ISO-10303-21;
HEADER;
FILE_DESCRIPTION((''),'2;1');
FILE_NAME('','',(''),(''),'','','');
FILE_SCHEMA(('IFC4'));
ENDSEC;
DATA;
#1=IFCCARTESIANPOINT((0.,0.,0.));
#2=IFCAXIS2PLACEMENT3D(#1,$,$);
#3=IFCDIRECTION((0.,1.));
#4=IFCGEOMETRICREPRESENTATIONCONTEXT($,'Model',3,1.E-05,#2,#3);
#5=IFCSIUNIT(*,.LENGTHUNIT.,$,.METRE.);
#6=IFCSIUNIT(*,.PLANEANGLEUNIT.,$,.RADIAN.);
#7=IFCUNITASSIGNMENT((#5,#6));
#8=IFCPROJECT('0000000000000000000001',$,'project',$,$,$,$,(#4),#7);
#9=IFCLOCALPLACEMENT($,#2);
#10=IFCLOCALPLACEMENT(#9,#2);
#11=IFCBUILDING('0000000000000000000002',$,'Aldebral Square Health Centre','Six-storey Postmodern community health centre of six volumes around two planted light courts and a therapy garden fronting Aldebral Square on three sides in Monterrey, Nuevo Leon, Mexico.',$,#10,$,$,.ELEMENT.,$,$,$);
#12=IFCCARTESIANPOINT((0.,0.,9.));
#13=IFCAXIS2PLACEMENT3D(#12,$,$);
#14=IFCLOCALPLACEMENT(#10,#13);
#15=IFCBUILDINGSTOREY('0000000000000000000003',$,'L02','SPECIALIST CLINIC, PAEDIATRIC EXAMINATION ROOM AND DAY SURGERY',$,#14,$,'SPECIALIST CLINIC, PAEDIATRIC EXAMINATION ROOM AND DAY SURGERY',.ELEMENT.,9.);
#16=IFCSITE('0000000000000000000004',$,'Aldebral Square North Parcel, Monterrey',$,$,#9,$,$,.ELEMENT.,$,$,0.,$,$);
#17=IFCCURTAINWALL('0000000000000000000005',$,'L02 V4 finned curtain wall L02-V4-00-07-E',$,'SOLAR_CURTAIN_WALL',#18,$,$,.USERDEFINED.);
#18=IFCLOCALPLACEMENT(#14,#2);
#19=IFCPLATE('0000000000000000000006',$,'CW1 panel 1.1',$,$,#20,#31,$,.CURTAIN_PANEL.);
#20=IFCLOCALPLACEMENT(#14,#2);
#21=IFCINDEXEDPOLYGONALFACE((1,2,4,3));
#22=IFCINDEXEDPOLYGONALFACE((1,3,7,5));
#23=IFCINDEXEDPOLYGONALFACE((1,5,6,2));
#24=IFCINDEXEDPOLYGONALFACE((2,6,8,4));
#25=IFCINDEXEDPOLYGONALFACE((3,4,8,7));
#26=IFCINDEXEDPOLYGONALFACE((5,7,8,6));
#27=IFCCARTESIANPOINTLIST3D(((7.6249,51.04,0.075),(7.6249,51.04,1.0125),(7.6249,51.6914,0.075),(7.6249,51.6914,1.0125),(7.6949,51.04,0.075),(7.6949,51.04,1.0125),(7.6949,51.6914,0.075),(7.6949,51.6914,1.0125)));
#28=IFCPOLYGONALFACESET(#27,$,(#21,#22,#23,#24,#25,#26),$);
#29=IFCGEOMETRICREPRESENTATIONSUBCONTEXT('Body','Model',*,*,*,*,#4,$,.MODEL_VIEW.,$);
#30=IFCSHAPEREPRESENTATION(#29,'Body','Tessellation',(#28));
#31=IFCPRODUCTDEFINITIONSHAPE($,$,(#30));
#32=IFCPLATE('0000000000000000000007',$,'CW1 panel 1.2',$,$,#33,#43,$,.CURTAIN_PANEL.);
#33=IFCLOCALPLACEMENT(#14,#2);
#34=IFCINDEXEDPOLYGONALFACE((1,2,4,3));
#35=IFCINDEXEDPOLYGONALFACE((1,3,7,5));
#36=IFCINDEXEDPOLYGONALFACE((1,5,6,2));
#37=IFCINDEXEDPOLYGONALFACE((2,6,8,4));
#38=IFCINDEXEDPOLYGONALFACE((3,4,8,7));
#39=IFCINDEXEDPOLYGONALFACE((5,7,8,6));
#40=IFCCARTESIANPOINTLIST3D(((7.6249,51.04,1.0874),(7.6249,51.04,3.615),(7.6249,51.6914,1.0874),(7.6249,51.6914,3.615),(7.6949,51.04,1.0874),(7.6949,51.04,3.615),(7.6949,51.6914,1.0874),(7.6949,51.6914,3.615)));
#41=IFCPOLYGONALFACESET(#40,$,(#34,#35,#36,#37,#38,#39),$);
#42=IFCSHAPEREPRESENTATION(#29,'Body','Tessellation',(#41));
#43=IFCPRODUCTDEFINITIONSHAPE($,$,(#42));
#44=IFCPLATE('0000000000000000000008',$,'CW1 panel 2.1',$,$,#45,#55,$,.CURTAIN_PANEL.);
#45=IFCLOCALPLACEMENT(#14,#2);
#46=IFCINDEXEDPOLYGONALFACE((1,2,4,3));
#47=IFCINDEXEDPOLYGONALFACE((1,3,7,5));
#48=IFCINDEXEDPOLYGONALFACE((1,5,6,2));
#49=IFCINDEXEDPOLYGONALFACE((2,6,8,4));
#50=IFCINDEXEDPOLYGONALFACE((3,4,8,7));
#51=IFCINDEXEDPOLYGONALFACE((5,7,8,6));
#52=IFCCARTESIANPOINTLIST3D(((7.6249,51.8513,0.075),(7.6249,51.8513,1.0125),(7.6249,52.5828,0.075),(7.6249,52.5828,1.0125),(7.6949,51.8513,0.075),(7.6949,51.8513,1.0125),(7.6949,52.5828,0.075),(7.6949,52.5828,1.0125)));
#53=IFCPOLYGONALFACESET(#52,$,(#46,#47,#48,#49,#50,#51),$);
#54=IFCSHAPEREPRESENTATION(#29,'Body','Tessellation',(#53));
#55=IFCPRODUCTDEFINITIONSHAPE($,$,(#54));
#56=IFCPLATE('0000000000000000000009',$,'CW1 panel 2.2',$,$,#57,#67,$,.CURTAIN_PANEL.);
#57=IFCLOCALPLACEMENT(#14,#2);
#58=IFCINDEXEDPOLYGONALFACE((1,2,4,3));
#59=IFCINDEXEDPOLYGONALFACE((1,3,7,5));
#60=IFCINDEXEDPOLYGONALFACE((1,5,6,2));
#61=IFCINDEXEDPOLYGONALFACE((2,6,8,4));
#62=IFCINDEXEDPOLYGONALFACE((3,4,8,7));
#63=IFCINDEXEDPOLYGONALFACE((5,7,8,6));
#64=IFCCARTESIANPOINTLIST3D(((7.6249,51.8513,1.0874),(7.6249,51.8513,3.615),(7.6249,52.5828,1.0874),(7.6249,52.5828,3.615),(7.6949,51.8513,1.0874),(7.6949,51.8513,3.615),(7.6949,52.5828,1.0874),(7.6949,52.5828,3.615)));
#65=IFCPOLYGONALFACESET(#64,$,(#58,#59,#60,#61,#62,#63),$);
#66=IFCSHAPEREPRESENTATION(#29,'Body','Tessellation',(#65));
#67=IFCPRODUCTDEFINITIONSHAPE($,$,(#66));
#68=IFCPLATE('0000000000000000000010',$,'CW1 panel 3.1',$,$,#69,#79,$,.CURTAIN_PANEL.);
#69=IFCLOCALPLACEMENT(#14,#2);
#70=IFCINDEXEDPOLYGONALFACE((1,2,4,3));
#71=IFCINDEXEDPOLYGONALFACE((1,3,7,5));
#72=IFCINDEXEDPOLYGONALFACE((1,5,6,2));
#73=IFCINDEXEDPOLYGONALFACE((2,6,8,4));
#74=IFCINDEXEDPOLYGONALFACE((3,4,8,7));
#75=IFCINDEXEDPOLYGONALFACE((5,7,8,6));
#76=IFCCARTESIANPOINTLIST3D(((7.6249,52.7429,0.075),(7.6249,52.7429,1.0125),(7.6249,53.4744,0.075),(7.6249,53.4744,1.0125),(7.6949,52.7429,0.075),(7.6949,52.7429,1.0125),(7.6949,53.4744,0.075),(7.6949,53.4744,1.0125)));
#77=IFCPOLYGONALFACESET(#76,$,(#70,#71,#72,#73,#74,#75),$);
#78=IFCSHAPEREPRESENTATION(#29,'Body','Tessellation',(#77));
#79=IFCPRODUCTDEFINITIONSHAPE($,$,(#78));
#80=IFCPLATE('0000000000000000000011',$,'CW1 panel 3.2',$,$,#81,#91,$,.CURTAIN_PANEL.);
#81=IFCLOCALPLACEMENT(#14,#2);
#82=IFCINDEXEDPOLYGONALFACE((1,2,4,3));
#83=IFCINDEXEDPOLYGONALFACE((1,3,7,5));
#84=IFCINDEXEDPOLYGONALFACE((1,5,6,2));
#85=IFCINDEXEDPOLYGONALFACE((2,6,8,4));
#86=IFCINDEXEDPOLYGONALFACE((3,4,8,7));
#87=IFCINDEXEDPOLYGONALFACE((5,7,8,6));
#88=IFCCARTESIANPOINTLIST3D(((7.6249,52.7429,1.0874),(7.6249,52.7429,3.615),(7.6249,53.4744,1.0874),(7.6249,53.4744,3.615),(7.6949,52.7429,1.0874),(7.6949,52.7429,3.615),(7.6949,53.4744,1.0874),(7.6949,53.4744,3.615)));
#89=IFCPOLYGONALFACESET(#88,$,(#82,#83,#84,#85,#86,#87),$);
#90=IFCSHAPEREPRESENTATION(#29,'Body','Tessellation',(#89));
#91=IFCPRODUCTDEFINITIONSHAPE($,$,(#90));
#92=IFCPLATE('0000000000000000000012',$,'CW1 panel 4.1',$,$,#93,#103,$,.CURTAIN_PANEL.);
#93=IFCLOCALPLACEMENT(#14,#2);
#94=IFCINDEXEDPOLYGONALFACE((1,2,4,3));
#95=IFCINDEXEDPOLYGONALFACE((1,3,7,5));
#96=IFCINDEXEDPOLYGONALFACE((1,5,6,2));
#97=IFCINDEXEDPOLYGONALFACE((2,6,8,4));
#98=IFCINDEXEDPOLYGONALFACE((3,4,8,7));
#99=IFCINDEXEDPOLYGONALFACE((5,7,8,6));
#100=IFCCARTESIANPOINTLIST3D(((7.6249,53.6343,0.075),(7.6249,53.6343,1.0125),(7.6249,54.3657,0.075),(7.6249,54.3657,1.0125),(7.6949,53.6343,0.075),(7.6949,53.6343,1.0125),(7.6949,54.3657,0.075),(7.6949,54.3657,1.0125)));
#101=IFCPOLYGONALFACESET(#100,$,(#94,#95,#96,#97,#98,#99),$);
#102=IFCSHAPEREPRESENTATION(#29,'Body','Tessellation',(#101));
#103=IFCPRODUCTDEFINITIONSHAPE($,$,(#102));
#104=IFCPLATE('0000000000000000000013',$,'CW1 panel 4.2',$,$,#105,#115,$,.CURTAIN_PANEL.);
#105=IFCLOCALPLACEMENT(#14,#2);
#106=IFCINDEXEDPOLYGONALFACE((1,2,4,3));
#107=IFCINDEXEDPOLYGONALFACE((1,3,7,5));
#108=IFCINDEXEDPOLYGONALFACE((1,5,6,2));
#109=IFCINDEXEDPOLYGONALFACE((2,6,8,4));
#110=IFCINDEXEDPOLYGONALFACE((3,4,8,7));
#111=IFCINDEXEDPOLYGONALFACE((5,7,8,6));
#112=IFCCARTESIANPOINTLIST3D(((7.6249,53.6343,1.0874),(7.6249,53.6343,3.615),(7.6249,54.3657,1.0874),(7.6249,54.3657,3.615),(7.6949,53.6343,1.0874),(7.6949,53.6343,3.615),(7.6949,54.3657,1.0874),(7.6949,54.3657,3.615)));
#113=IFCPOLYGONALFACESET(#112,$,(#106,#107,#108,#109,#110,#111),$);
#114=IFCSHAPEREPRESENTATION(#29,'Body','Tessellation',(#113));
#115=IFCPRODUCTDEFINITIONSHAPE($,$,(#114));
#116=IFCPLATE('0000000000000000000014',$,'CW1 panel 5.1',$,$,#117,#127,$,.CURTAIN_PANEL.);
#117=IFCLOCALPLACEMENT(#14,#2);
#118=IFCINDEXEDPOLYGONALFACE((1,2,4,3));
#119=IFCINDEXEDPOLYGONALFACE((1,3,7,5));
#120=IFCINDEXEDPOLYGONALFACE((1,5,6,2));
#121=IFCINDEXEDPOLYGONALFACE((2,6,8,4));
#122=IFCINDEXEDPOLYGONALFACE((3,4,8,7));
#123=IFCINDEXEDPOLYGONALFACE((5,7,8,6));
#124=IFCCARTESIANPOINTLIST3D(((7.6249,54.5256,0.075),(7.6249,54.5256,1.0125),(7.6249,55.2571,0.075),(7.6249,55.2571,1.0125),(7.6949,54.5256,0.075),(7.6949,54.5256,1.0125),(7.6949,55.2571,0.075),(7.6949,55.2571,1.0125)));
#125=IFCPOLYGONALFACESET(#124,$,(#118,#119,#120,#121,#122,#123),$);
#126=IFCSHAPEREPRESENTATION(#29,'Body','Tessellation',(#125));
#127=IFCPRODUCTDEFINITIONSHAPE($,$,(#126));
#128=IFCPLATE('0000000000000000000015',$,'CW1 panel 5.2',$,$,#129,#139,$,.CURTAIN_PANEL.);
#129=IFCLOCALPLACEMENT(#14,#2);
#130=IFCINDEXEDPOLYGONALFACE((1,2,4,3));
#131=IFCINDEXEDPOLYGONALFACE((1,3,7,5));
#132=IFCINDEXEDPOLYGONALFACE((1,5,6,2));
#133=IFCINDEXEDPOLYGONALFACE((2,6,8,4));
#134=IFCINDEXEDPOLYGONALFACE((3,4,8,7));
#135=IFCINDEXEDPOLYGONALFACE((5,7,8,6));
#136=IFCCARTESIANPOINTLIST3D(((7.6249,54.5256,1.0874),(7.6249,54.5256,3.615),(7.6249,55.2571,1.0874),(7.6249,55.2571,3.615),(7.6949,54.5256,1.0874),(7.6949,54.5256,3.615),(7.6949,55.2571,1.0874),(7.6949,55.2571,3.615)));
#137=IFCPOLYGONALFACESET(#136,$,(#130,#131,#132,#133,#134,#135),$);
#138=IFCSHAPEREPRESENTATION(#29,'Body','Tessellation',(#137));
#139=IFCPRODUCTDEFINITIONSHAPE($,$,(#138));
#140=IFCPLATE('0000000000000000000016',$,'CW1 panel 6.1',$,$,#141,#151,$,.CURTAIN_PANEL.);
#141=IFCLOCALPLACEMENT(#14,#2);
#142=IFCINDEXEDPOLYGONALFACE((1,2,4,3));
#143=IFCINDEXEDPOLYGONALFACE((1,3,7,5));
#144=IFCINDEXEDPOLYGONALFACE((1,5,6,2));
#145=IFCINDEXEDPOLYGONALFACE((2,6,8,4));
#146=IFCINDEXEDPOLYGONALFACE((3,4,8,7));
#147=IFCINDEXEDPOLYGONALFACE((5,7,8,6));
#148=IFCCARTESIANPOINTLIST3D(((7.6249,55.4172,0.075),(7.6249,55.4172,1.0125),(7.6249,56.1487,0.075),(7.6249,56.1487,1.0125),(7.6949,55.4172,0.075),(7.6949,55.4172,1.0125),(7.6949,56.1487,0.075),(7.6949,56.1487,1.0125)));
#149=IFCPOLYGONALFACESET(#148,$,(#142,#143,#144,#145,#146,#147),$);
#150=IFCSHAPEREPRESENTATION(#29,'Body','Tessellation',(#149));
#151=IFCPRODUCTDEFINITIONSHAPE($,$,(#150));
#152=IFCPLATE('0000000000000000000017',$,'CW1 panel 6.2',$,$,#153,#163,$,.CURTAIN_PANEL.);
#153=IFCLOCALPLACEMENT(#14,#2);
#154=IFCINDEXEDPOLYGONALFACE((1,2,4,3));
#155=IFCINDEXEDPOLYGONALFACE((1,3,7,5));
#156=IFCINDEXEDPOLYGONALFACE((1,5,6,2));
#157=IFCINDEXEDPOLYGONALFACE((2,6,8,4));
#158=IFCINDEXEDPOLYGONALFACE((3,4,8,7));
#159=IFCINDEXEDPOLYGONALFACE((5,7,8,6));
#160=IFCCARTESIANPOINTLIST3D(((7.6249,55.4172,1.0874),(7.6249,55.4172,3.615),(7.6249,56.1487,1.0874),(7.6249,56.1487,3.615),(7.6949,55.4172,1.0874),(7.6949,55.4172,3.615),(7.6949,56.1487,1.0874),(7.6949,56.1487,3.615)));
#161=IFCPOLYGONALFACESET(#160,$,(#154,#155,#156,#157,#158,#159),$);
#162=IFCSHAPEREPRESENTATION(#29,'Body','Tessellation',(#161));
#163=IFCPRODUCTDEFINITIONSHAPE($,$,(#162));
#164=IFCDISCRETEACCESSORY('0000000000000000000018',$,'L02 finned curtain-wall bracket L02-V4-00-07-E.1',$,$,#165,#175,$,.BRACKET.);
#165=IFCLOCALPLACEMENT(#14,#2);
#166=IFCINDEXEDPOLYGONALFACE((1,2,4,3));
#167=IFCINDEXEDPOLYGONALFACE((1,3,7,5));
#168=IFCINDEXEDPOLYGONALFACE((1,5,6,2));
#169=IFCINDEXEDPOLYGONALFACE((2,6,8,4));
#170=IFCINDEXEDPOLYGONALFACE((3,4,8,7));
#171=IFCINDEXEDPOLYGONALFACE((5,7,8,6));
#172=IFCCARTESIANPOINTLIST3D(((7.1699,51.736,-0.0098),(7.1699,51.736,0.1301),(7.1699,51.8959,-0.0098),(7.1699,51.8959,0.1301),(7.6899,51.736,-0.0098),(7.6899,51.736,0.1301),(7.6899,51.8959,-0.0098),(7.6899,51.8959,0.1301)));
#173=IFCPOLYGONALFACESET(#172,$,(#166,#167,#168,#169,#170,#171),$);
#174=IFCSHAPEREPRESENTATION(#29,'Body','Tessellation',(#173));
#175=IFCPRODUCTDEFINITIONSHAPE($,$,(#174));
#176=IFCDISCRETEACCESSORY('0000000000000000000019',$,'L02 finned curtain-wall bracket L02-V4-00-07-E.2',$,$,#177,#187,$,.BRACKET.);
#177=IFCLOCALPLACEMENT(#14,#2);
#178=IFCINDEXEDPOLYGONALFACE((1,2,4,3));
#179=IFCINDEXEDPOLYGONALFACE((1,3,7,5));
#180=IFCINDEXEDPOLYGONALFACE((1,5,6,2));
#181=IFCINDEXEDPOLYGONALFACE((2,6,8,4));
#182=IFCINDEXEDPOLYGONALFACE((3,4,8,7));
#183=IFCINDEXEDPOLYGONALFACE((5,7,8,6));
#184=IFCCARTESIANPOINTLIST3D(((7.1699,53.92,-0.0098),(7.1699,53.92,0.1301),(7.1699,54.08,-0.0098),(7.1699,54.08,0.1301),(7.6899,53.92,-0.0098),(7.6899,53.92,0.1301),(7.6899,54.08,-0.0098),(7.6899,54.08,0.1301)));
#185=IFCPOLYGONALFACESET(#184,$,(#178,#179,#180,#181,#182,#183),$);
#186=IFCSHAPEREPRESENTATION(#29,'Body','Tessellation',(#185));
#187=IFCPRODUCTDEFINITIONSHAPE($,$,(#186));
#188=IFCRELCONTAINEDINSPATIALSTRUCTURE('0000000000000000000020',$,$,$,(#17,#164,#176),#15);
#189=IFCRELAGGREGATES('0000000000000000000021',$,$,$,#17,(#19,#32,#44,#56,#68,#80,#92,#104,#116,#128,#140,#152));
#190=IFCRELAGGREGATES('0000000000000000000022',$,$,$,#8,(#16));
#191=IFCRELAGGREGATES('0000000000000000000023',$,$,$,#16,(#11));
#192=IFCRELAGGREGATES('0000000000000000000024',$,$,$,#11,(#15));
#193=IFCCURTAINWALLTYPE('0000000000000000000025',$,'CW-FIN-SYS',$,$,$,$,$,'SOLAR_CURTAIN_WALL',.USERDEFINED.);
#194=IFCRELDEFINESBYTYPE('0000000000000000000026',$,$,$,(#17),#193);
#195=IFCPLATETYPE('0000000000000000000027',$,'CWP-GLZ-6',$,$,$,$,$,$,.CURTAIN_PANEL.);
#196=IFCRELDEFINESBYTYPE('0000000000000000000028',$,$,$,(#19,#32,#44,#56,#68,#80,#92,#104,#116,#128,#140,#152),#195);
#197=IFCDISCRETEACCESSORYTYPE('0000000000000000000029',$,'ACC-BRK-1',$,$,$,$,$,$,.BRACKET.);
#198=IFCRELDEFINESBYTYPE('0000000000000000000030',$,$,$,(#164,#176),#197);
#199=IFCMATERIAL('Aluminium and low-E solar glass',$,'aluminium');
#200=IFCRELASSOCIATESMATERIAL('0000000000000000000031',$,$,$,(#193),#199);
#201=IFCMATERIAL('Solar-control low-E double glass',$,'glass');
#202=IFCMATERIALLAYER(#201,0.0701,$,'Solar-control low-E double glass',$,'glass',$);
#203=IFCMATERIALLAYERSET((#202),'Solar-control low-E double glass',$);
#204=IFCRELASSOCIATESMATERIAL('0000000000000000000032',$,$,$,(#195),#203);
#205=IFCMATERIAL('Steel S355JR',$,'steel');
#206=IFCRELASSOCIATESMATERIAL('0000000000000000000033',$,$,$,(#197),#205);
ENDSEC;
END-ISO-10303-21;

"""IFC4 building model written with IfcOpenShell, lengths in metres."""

from ifc_helpers import new_model, si_unit, direction, frame, origin, origin_2d, place, context, subcontext, project, spatial, rectangle, extrude, material, layer, layer_set, type_object, element, aggregate, save


model = new_model("IFC4")

# Units and contexts
model_context = context("Model", 3, precision=1e-05, world=origin(), true_north=direction((0.0, 1.0)))
body_context = subcontext(model_context, "Body", "Model", "MODEL_VIEW")
ifc_project = project(units=[si_unit("LENGTHUNIT", "METRE"), si_unit("PLANEANGLEUNIT", "RADIAN")], contexts=[model_context])

# Site, building, storey
site_placement = place(None, origin())
site = spatial("IfcSite", under=ifc_project, at=site_placement, Name="Aldebral Square North Parcel, Monterrey", CompositionType="ELEMENT", RefElevation=0.0)
building_placement = place(site_placement, origin())
building = spatial("IfcBuilding", under=site, at=building_placement, Name="Aldebral Square Health Centre", Description="Six-storey Postmodern community health centre of six volumes around two planted light courts and a therapy garden fronting Aldebral Square on three sides in Monterrey, Nuevo Leon, Mexico.", CompositionType="ELEMENT")
storey_placement = place(building_placement, frame((0.0, 0.0, 9.0)))
storey = spatial("IfcBuildingStorey", under=building, at=storey_placement, Name="L02", Description="SPECIALIST CLINIC, PAEDIATRIC EXAMINATION ROOM AND DAY SURGERY", LongName="SPECIALIST CLINIC, PAEDIATRIC EXAMINATION ROOM AND DAY SURGERY", CompositionType="ELEMENT", Elevation=9.0)

# Curtain wall, plates
ifc_material_1 = material(Name="Aluminium and low-E solar glass", Category="aluminium")
curtain_wall_type = type_object("IfcCurtainWallType", Name="CW-FIN-SYS", ElementType="SOLAR_CURTAIN_WALL", PredefinedType="USERDEFINED", material=ifc_material_1)
curtain_wall_placement = place(storey_placement, origin())
curtain_wall = element("IfcCurtainWall", 1, at=curtain_wall_placement, inside=storey, type_object=curtain_wall_type, Name="L02 V4 finned curtain wall L02-V4-00-07-E", ObjectType="SOLAR_CURTAIN_WALL", PredefinedType="USERDEFINED")
ifc_material_2 = material(Name="Solar-control low-E double glass", Category="glass")
ifc_layer = layer(ifc_material_2, 0.0701, Name="Solar-control low-E double glass", Category="glass")
ifc_layer_set = layer_set([ifc_layer], Name="Solar-control low-E double glass")
plate_type = type_object("IfcPlateType", Name="CWP-GLZ-6", PredefinedType="CURTAIN_PANEL", material=ifc_layer_set)
plate_1_placement = place(storey_placement, frame((7.6599, 51.3657, 0.075), z_axis=(0.0, 0.0, 1.0), x_axis=(0.0, 1.0, 0.0)))
plate_1 = element("IfcPlate", 2, at=plate_1_placement, type_object=plate_type, Name="CW1 panel 1.1", PredefinedType="CURTAIN_PANEL", context=body_context, shape_type="SweptSolid", body=[
    extrude(rectangle(XDim=0.6514, YDim=0.0701, at=origin_2d()), origin(), (0.0, 0.0, 1.0), 0.9375),
])
plate_2_placement = place(storey_placement, frame((7.6599, 51.3657, 1.0874), z_axis=(0.0, 0.0, 1.0), x_axis=(0.0, 1.0, 0.0)))
plate_2 = element("IfcPlate", 3, at=plate_2_placement, type_object=plate_type, Name="CW1 panel 1.2", PredefinedType="CURTAIN_PANEL", context=body_context, shape_type="SweptSolid", body=[
    extrude(rectangle(XDim=0.6514, YDim=0.0701, at=origin_2d()), origin(), (0.0, 0.0, 1.0), 2.5276),
])
plate_3_placement = place(storey_placement, frame((7.6599, 52.217, 0.075), z_axis=(0.0, 0.0, 1.0), x_axis=(0.0, 1.0, 0.0)))
plate_3 = element("IfcPlate", 4, at=plate_3_placement, type_object=plate_type, Name="CW1 panel 2.1", PredefinedType="CURTAIN_PANEL", context=body_context, shape_type="SweptSolid", body=[
    extrude(rectangle(XDim=0.7314, YDim=0.0701, at=origin_2d()), origin(), (0.0, 0.0, 1.0), 0.9375),
])
plate_4_placement = place(storey_placement, frame((7.6599, 52.217, 1.0874), z_axis=(0.0, 0.0, 1.0), x_axis=(0.0, 1.0, 0.0)))
plate_4 = element("IfcPlate", 5, at=plate_4_placement, type_object=plate_type, Name="CW1 panel 2.2", PredefinedType="CURTAIN_PANEL", context=body_context, shape_type="SweptSolid", body=[
    extrude(rectangle(XDim=0.7314, YDim=0.0701, at=origin_2d()), origin(), (0.0, 0.0, 1.0), 2.5276),
])
plate_5_placement = place(storey_placement, frame((7.6599, 53.1086, 0.075), z_axis=(0.0, 0.0, 1.0), x_axis=(0.0, 1.0, 0.0)))
plate_5 = element("IfcPlate", 6, at=plate_5_placement, type_object=plate_type, Name="CW1 panel 3.1", PredefinedType="CURTAIN_PANEL", context=body_context, shape_type="SweptSolid", body=[
    extrude(rectangle(XDim=0.7314, YDim=0.0701, at=origin_2d()), origin(), (0.0, 0.0, 1.0), 0.9375),
])
plate_6_placement = place(storey_placement, frame((7.6599, 53.1086, 1.0874), z_axis=(0.0, 0.0, 1.0), x_axis=(0.0, 1.0, 0.0)))
plate_6 = element("IfcPlate", 7, at=plate_6_placement, type_object=plate_type, Name="CW1 panel 3.2", PredefinedType="CURTAIN_PANEL", context=body_context, shape_type="SweptSolid", body=[
    extrude(rectangle(XDim=0.7314, YDim=0.0701, at=origin_2d()), origin(), (0.0, 0.0, 1.0), 2.5276),
])
plate_7_placement = place(storey_placement, frame((7.6599, 54.0, 0.075), z_axis=(0.0, 0.0, 1.0), x_axis=(0.0, 1.0, 0.0)))
plate_7 = element("IfcPlate", 8, at=plate_7_placement, type_object=plate_type, Name="CW1 panel 4.1", PredefinedType="CURTAIN_PANEL", context=body_context, shape_type="SweptSolid", body=[
    extrude(rectangle(XDim=0.7314, YDim=0.0701, at=origin_2d()), origin(), (0.0, 0.0, 1.0), 0.9375),
])
plate_8_placement = place(storey_placement, frame((7.6599, 54.0, 1.0874), z_axis=(0.0, 0.0, 1.0), x_axis=(0.0, 1.0, 0.0)))
plate_8 = element("IfcPlate", 9, at=plate_8_placement, type_object=plate_type, Name="CW1 panel 4.2", PredefinedType="CURTAIN_PANEL", context=body_context, shape_type="SweptSolid", body=[
    extrude(rectangle(XDim=0.7314, YDim=0.0701, at=origin_2d()), origin(), (0.0, 0.0, 1.0), 2.5276),
])
plate_9_placement = place(storey_placement, frame((7.6599, 54.8914, 0.075), z_axis=(0.0, 0.0, 1.0), x_axis=(0.0, 1.0, 0.0)))
plate_9 = element("IfcPlate", 10, at=plate_9_placement, type_object=plate_type, Name="CW1 panel 5.1", PredefinedType="CURTAIN_PANEL", context=body_context, shape_type="SweptSolid", body=[
    extrude(rectangle(XDim=0.7314, YDim=0.0701, at=origin_2d()), origin(), (0.0, 0.0, 1.0), 0.9375),
])
plate_10_placement = place(storey_placement, frame((7.6599, 54.8914, 1.0874), z_axis=(0.0, 0.0, 1.0), x_axis=(0.0, 1.0, 0.0)))
plate_10 = element("IfcPlate", 11, at=plate_10_placement, type_object=plate_type, Name="CW1 panel 5.2", PredefinedType="CURTAIN_PANEL", context=body_context, shape_type="SweptSolid", body=[
    extrude(rectangle(XDim=0.7314, YDim=0.0701, at=origin_2d()), origin(), (0.0, 0.0, 1.0), 2.5276),
])
plate_11_placement = place(storey_placement, frame((7.6599, 55.783, 0.075), z_axis=(0.0, 0.0, 1.0), x_axis=(0.0, 1.0, 0.0)))
plate_11 = element("IfcPlate", 12, at=plate_11_placement, type_object=plate_type, Name="CW1 panel 6.1", PredefinedType="CURTAIN_PANEL", context=body_context, shape_type="SweptSolid", body=[
    extrude(rectangle(XDim=0.7314, YDim=0.0701, at=origin_2d()), origin(), (0.0, 0.0, 1.0), 0.9375),
])
plate_12_placement = place(storey_placement, frame((7.6599, 55.783, 1.0874), z_axis=(0.0, 0.0, 1.0), x_axis=(0.0, 1.0, 0.0)))
plate_12 = element("IfcPlate", 13, at=plate_12_placement, type_object=plate_type, Name="CW1 panel 6.2", PredefinedType="CURTAIN_PANEL", context=body_context, shape_type="SweptSolid", body=[
    extrude(rectangle(XDim=0.7314, YDim=0.0701, at=origin_2d()), origin(), (0.0, 0.0, 1.0), 2.5276),
])
aggregate(curtain_wall, [plate_1, plate_2, plate_3, plate_4, plate_5, plate_6, plate_7, plate_8, plate_9, plate_10, plate_11, plate_12])

# Discrete accessories
ifc_material_3 = material(Name="Steel S355JR", Category="steel")
discrete_accessory_type = type_object("IfcDiscreteAccessoryType", Name="ACC-BRK-1", PredefinedType="BRACKET", material=ifc_material_3)
for number, where, z_axis, x_axis, name in (
    (14, (7.4299, 51.8159, -0.0098), (0.0, 0.0, 1.0), (0.0, 1.0, 0.0), "L02 finned curtain-wall bracket L02-V4-00-07-E.1"),
    (15, (7.4299, 54.0, -0.0098), (0.0, 0.0, 1.0), (0.0, 1.0, 0.0), "L02 finned curtain-wall bracket L02-V4-00-07-E.2"),
):
    element("IfcDiscreteAccessory", number, at=place(storey_placement, frame(where, z_axis=z_axis, x_axis=x_axis)), inside=storey, type_object=discrete_accessory_type, Name=name, PredefinedType="BRACKET", context=body_context, shape_type="SweptSolid", body=[
        extrude(rectangle(XDim=0.1599, YDim=0.52, at=origin_2d()), origin(), (0.0, 0.0, 1.0), 0.1399),
    ])

save(model, "model.ifc")
